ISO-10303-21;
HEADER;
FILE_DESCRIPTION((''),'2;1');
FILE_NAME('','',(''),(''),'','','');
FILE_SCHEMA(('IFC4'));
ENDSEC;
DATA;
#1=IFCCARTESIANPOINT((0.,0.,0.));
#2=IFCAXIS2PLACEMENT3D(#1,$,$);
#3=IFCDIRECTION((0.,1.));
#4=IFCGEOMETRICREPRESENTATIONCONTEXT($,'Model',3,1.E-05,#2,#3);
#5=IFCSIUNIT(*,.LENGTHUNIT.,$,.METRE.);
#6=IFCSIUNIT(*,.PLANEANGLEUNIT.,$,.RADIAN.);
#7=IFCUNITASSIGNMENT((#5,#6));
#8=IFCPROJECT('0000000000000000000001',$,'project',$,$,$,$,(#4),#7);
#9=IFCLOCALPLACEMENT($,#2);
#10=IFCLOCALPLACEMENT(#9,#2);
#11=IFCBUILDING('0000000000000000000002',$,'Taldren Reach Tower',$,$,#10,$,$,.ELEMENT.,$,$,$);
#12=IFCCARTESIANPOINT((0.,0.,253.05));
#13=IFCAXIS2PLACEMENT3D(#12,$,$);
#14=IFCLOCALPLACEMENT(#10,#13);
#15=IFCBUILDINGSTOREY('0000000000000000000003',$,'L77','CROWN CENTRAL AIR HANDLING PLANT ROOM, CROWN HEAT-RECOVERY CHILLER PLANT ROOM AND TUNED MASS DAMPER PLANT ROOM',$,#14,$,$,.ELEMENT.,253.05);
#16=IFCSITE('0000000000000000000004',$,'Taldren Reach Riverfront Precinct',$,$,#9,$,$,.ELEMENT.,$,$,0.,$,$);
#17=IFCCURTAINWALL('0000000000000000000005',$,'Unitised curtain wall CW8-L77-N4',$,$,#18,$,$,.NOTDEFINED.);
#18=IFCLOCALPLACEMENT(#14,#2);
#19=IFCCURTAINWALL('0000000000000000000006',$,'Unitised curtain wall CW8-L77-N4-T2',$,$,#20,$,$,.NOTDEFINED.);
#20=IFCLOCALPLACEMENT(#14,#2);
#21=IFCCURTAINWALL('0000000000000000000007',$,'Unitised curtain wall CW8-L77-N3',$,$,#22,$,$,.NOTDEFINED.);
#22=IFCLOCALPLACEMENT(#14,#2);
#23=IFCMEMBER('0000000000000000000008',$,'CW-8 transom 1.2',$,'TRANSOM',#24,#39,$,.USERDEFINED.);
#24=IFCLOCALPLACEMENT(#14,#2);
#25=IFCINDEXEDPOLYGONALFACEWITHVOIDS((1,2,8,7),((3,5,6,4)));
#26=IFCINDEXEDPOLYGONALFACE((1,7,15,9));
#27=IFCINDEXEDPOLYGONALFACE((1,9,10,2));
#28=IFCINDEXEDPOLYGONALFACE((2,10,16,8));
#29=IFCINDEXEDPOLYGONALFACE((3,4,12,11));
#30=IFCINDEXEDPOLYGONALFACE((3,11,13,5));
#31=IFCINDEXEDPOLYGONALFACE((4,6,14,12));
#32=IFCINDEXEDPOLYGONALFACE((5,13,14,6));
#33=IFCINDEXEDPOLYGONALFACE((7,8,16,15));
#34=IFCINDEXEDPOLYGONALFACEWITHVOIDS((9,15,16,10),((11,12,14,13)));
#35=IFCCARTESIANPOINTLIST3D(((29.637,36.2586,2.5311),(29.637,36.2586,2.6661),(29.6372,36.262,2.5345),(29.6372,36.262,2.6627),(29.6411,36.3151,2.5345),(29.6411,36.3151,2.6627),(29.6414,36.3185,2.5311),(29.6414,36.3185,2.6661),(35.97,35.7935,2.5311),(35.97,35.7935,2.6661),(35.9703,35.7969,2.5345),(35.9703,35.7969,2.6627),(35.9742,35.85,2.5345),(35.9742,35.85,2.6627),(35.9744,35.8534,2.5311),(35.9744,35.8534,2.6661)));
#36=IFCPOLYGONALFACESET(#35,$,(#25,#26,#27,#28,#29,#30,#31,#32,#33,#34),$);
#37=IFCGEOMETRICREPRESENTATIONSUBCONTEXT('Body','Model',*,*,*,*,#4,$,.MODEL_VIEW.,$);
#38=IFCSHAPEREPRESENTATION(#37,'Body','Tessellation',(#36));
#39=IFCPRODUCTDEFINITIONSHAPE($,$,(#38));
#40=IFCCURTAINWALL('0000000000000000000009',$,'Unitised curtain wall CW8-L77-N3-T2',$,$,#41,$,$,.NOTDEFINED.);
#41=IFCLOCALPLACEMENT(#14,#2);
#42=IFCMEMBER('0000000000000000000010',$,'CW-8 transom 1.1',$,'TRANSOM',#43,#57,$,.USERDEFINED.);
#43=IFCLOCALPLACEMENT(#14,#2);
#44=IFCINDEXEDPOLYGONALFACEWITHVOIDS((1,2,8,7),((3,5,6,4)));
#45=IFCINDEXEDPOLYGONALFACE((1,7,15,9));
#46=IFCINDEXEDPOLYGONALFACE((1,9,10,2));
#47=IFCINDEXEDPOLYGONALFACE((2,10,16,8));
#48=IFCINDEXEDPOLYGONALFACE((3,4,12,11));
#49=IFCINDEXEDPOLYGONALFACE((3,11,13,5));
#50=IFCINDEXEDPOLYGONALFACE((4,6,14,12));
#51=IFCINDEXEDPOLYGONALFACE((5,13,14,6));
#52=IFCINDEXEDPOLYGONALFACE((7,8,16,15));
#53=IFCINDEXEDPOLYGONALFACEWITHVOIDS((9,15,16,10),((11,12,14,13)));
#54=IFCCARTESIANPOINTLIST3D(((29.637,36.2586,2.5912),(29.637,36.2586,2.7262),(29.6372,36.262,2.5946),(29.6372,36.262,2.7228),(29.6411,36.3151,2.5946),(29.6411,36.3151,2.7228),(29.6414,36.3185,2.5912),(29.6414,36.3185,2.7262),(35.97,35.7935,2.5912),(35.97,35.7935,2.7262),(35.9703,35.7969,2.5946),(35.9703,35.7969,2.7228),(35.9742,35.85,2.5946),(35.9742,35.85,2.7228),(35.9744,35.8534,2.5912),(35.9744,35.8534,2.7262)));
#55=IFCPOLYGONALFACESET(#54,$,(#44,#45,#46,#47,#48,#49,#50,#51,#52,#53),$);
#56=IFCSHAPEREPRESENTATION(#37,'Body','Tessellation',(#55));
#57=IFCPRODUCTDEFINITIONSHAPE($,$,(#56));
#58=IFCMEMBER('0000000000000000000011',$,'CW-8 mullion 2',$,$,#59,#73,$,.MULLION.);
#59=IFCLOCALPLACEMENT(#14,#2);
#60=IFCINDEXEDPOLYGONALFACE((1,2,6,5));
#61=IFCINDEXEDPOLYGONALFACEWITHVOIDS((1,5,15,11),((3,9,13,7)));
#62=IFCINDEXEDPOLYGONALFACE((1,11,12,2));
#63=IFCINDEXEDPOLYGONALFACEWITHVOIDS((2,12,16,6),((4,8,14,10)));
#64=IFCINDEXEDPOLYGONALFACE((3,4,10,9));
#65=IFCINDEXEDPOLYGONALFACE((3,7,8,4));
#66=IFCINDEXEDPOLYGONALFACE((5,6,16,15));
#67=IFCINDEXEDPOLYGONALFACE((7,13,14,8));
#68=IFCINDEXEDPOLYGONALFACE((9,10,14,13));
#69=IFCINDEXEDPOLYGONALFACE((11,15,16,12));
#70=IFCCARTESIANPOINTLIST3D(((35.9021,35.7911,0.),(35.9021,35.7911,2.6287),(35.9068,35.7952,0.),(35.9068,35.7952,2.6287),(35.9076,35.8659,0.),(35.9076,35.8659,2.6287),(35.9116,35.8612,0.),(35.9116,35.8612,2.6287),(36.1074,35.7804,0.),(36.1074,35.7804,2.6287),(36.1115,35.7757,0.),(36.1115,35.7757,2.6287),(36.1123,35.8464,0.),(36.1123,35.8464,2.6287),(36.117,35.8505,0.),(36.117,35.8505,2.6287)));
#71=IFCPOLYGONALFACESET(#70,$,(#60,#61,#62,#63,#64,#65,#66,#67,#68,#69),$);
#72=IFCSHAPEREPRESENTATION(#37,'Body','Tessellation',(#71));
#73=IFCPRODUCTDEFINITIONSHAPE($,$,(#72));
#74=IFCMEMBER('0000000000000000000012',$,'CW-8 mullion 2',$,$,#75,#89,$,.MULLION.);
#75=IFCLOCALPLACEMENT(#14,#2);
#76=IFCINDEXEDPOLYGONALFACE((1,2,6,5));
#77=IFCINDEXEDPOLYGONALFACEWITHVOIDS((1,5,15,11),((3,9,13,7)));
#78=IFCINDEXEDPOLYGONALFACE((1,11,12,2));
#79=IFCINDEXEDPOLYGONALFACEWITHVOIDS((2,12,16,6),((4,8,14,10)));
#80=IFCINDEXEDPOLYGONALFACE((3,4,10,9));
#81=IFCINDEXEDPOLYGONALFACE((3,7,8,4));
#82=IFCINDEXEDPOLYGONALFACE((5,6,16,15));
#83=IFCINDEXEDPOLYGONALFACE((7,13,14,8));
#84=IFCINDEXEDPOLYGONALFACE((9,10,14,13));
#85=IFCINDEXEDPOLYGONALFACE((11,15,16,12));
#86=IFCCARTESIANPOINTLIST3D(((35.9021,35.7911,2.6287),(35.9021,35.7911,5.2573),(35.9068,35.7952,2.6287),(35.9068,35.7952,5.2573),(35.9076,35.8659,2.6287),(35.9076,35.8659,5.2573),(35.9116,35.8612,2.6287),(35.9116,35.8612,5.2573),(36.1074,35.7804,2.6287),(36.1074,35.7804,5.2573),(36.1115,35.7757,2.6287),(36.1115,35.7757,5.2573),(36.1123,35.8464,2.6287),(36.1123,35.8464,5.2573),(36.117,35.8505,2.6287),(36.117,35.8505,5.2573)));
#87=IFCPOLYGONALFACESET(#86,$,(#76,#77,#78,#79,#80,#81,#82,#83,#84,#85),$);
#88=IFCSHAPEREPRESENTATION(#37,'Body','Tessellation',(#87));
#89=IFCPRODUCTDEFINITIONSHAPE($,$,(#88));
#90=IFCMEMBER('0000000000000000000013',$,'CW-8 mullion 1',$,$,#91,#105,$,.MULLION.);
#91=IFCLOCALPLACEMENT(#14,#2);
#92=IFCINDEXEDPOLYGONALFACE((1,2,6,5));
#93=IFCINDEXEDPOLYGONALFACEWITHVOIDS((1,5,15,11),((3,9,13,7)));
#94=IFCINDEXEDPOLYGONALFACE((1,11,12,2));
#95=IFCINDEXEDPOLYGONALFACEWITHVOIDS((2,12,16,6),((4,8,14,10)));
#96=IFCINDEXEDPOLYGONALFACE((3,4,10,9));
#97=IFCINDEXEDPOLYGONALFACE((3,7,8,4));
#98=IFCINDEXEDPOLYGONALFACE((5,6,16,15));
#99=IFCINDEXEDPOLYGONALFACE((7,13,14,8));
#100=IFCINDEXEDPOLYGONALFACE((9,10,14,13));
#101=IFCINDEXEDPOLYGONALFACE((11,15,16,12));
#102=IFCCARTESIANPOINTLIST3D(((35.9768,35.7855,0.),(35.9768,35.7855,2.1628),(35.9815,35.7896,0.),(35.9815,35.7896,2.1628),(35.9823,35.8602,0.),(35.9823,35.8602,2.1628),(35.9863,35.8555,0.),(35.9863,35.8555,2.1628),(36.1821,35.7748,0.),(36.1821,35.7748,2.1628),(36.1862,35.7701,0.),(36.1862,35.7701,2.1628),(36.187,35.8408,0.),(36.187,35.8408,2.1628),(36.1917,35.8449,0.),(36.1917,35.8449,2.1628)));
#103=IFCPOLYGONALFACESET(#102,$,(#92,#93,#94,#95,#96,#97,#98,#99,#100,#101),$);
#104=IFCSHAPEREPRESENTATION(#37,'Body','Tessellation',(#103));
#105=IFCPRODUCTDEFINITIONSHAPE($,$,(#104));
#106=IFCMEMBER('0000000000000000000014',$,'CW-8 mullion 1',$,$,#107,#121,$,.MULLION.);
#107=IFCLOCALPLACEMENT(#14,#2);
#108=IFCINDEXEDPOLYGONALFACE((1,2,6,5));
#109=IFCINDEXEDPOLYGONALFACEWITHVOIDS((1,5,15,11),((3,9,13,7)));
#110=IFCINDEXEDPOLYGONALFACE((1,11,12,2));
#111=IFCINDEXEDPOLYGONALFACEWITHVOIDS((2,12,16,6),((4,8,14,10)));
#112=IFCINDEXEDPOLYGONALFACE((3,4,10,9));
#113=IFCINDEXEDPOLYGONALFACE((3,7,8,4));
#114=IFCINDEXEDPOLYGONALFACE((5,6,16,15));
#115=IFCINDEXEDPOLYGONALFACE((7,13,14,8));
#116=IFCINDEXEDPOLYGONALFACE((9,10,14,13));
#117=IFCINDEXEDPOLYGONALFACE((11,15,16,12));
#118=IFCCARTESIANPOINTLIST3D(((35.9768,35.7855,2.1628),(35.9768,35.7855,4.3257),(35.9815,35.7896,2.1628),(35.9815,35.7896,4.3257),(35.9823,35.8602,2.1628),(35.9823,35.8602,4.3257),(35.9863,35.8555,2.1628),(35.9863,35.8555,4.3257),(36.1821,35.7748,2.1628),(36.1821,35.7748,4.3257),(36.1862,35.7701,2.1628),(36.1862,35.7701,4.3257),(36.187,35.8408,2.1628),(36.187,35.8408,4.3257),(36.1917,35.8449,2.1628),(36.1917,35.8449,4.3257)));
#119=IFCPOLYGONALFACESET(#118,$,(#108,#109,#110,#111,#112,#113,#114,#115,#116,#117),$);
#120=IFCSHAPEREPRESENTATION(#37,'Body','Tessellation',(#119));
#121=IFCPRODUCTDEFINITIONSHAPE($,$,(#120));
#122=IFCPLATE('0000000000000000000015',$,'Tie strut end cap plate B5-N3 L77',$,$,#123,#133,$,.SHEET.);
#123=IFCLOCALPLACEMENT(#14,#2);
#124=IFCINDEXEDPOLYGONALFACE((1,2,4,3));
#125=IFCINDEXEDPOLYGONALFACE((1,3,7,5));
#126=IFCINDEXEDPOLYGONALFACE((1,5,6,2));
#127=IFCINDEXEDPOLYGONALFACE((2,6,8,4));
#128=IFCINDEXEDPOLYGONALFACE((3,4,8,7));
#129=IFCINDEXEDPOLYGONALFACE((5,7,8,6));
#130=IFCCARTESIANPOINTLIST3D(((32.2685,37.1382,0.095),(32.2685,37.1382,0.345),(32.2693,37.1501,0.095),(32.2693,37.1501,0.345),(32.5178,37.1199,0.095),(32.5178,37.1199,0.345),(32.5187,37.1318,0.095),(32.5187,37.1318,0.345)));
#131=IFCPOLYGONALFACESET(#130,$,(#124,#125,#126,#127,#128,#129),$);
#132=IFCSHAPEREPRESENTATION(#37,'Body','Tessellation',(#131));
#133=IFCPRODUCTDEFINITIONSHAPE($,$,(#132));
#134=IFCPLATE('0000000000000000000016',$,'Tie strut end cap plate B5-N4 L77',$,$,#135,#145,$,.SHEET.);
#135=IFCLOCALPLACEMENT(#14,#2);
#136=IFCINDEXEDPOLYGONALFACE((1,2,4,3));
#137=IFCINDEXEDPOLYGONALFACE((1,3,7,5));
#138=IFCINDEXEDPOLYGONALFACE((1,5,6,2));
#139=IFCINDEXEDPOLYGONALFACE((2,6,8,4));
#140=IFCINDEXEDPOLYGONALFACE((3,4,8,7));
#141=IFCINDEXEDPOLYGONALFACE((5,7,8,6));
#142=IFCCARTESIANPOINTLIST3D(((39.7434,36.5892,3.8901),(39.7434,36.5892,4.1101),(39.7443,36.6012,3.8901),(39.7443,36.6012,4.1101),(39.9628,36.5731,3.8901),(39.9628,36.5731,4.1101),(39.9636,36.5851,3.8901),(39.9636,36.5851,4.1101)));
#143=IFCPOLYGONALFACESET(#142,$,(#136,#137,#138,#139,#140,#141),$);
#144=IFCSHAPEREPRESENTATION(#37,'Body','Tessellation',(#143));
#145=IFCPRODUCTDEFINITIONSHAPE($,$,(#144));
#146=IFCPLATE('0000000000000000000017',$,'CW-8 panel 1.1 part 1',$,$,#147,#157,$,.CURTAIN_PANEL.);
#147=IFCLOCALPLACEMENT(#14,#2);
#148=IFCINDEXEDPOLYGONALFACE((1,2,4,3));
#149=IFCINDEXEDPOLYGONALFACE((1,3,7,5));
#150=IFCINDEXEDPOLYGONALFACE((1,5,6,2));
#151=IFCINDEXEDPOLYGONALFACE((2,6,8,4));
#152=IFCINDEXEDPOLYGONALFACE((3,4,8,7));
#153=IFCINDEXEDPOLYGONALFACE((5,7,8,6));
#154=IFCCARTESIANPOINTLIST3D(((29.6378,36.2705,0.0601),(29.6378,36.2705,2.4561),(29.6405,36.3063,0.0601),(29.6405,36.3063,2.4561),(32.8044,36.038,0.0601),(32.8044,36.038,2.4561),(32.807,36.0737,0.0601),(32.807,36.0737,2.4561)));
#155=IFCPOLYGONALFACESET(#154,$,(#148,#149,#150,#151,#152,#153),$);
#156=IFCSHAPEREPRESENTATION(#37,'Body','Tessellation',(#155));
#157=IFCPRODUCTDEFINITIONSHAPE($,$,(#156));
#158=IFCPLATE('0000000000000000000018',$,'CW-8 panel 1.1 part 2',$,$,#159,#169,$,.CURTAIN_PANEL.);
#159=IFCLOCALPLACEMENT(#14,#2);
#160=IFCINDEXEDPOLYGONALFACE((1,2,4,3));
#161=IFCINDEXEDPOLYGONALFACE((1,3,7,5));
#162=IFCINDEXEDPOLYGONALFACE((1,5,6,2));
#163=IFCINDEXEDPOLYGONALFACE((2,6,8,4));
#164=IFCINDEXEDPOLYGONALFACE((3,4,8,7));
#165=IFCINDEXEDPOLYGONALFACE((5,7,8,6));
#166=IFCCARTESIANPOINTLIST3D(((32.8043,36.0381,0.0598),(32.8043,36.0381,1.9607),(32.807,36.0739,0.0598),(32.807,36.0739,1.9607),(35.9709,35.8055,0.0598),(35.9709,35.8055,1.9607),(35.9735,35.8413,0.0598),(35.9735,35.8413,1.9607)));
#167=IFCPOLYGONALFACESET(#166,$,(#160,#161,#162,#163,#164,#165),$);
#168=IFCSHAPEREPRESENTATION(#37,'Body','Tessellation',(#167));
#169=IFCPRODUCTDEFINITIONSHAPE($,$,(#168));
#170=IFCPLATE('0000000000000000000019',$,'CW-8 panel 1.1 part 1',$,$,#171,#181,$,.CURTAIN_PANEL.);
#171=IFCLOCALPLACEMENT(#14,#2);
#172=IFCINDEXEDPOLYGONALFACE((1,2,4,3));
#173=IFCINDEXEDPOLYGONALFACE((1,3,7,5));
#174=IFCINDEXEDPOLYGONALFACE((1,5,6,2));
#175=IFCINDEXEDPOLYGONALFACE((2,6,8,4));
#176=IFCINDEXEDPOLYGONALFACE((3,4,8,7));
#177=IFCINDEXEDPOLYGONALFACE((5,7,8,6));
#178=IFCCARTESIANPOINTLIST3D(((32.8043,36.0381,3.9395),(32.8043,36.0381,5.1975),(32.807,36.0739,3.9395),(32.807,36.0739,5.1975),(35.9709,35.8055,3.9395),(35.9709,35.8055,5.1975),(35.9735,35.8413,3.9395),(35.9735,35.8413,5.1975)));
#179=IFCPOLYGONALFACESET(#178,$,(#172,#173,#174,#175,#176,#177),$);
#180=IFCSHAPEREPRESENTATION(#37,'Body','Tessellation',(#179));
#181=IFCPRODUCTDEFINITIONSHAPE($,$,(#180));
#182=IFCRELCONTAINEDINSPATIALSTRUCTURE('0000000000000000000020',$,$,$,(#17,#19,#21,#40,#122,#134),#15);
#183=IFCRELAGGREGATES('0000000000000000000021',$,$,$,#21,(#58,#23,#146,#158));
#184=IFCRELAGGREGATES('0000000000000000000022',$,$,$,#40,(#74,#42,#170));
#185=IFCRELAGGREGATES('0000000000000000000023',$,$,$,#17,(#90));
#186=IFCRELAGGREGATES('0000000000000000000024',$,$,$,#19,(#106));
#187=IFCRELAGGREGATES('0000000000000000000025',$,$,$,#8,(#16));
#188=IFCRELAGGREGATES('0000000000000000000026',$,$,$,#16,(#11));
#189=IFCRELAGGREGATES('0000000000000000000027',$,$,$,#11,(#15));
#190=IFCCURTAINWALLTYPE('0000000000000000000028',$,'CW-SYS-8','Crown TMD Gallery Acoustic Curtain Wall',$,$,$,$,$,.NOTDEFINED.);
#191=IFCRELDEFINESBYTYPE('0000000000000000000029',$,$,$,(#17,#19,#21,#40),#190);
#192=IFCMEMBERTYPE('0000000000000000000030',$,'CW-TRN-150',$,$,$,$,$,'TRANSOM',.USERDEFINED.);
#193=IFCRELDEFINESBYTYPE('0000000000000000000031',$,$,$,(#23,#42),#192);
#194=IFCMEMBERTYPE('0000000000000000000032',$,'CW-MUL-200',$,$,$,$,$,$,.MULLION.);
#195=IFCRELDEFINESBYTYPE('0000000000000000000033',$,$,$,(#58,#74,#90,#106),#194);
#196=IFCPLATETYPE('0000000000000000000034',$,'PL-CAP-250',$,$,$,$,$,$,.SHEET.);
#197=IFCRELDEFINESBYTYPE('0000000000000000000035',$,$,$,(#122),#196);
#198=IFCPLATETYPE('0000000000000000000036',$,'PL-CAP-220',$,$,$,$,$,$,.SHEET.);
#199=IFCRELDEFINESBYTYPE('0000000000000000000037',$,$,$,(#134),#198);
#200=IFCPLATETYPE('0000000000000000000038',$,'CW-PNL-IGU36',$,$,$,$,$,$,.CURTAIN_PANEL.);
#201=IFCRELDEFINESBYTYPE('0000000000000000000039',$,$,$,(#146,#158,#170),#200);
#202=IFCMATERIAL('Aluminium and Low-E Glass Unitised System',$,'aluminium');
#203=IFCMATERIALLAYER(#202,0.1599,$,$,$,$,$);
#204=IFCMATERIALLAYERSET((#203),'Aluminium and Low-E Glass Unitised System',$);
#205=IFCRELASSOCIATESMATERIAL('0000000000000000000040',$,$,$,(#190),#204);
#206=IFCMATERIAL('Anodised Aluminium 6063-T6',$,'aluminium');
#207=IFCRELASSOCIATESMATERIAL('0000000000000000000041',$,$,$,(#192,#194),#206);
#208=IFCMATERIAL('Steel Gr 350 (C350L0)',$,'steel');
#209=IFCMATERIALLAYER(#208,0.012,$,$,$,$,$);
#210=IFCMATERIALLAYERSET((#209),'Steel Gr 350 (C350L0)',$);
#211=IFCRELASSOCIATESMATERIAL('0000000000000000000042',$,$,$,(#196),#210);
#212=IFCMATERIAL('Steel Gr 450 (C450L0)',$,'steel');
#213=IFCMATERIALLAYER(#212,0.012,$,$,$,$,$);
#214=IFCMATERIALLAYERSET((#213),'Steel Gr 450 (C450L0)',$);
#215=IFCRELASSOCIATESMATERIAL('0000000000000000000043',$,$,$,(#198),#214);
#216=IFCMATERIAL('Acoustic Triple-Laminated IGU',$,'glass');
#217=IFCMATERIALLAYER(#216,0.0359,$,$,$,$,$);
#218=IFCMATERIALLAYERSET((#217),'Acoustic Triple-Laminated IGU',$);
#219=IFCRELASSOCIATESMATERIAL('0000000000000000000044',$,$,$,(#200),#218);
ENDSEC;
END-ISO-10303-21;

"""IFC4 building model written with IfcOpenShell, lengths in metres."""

from ifc_helpers import new_model, si_unit, direction, frame, origin, origin_2d, place, context, subcontext, project, spatial, rectangle, hollow_rectangle, extrude, source, transform, mapped, material, layer, layer_set, material_profile, profile_set, type_object, element, aggregate, save


model = new_model("IFC4")

# Units and contexts
model_context = context("Model", 3, precision=1e-05, world=origin(), true_north=direction((0.0, 1.0)))
body_context = subcontext(model_context, "Body", "Model", "MODEL_VIEW")
ifc_project = project(units=[si_unit("LENGTHUNIT", "METRE"), si_unit("PLANEANGLEUNIT", "RADIAN")], contexts=[model_context])

# Site, building, storey
site_placement = place(None, origin())
site = spatial("IfcSite", under=ifc_project, at=site_placement, Name="Taldren Reach Riverfront Precinct", CompositionType="ELEMENT", RefElevation=0.0)
building_placement = place(site_placement, origin())
building = spatial("IfcBuilding", under=site, at=building_placement, Name="Taldren Reach Tower", CompositionType="ELEMENT")
storey_placement = place(building_placement, frame((0.0, 0.0, 253.05)))
storey = spatial("IfcBuildingStorey", under=building, at=storey_placement, Name="L77", Description="CROWN CENTRAL AIR HANDLING PLANT ROOM, CROWN HEAT-RECOVERY CHILLER PLANT ROOM AND TUNED MASS DAMPER PLANT ROOM", CompositionType="ELEMENT", Elevation=253.05)

# Shared definitions
ifc_material_1 = material(Name="Steel Gr 350 (C350L0)", Category="steel")
ifc_material_2 = material(Name="Steel Gr 450 (C450L0)", Category="steel")

# Curtain wall
ifc_material_3 = material(Name="Aluminium and Low-E Glass Unitised System", Category="aluminium")
ifc_layer_1 = layer(ifc_material_3, 0.1599)
ifc_layer_set_1 = layer_set([ifc_layer_1], Name="Aluminium and Low-E Glass Unitised System")
curtain_wall_type = type_object("IfcCurtainWallType", Name="CW-SYS-8", Description="Crown TMD Gallery Acoustic Curtain Wall", PredefinedType="NOTDEFINED", material=ifc_layer_set_1)
curtain_wall_1_placement = place(storey_placement, origin())
curtain_wall_1 = element("IfcCurtainWall", 1, at=curtain_wall_1_placement, inside=storey, type_object=curtain_wall_type, Name="Unitised curtain wall CW8-L77-N4", PredefinedType="NOTDEFINED")
ifc_material_4 = material(Name="Anodised Aluminium 6063-T6", Category="aluminium")
ifc_material_profile_1 = material_profile(ifc_material_4, hollow_rectangle(XDim=0.0601, YDim=0.135, WallThickness=0.0034, at=origin_2d()), Name="ALU-135x60x3.5RHS")
ifc_profile_set_1 = profile_set([ifc_material_profile_1], Name="Anodised Aluminium 6063-T6")
member_type_1 = type_object("IfcMemberType", Name="CW-TRN-150", ElementType="TRANSOM", PredefinedType="USERDEFINED", material=ifc_profile_set_1)

# Curtain walls, members
curtain_wall_2_placement = place(storey_placement, origin())
curtain_wall_2 = element("IfcCurtainWall", 2, at=curtain_wall_2_placement, inside=storey, type_object=curtain_wall_type, Name="Unitised curtain wall CW8-L77-N4-T2", PredefinedType="NOTDEFINED")
curtain_wall_3_placement = place(storey_placement, origin())
curtain_wall_3 = element("IfcCurtainWall", 3, at=curtain_wall_3_placement, inside=storey, type_object=curtain_wall_type, Name="Unitised curtain wall CW8-L77-N3", PredefinedType="NOTDEFINED")
shared_shape_1 = source(origin(), body_context, "Body", "SweptSolid", [
    extrude(hollow_rectangle(XDim=0.0601, YDim=0.135, WallThickness=0.0034, at=origin_2d()), origin(), (0.0, 0.0, 1.0), 6.3501),
])
member_1_placement = place(storey_placement, frame((29.6392, 36.2886, 2.5986), z_axis=(0.997314, -0.073241, 0.0), x_axis=(0.073241, 0.997314, 0.0)))
member_1 = element("IfcMember", 4, at=member_1_placement, type_object=member_type_1, Name="CW-8 transom 1.2", ObjectType="TRANSOM", PredefinedType="USERDEFINED", context=body_context, shape_type="MappedRepresentation", body=[
    mapped(shared_shape_1, transform((0.0, 0.0, 0.0), scale=1.0)),
])
curtain_wall_4_placement = place(storey_placement, origin())
curtain_wall_4 = element("IfcCurtainWall", 5, at=curtain_wall_4_placement, inside=storey, type_object=curtain_wall_type, Name="Unitised curtain wall CW8-L77-N3-T2", PredefinedType="NOTDEFINED")
member_2_placement = place(storey_placement, frame((29.6392, 36.2886, 2.6587), z_axis=(0.997314, -0.073241, 0.0), x_axis=(0.073241, 0.997314, 0.0)))
member_2 = element("IfcMember", 6, at=member_2_placement, type_object=member_type_1, Name="CW-8 transom 1.1", ObjectType="TRANSOM", PredefinedType="USERDEFINED", context=body_context, shape_type="MappedRepresentation", body=[
    mapped(shared_shape_1, transform((0.0, 0.0, 0.0), scale=1.0)),
])

# Members
ifc_material_profile_2 = material_profile(ifc_material_4, hollow_rectangle(XDim=0.075, YDim=0.21, WallThickness=0.0044, at=origin_2d()), Name="ALU-210x75x4.5RHS")
ifc_profile_set_2 = profile_set([ifc_material_profile_2], Name="Anodised Aluminium 6063-T6")
member_type_2 = type_object("IfcMemberType", Name="CW-MUL-200", PredefinedType="MULLION", material=ifc_profile_set_2)
shared_shape_2 = source(origin(), body_context, "Body", "SweptSolid", [
    extrude(hollow_rectangle(XDim=0.075, YDim=0.21, WallThickness=0.0044, at=origin_2d()), origin(), (0.0, 0.0, 1.0), 2.6287),
])
member_3_placement = place(storey_placement, frame((36.0095, 35.8208, 0.0), z_axis=(0.0, 0.0, 1.0), x_axis=(0.073237, 0.997315, 0.0)))
member_3 = element("IfcMember", 7, at=member_3_placement, type_object=member_type_2, Name="CW-8 mullion 2", PredefinedType="MULLION", context=body_context, shape_type="MappedRepresentation", body=[
    mapped(shared_shape_2, transform((0.0, 0.0, 0.0), scale=1.0)),
])
member_4_placement = place(storey_placement, frame((36.0095, 35.8208, 2.6287), z_axis=(0.0, 0.0, 1.0), x_axis=(0.073237, 0.997315, 0.0)))
member_4 = element("IfcMember", 8, at=member_4_placement, type_object=member_type_2, Name="CW-8 mullion 2", PredefinedType="MULLION", context=body_context, shape_type="MappedRepresentation", body=[
    mapped(shared_shape_2, transform((0.0, 0.0, 0.0), scale=1.0)),
])
shared_shape_3 = source(origin(), body_context, "Body", "SweptSolid", [
    extrude(hollow_rectangle(XDim=0.075, YDim=0.21, WallThickness=0.0044, at=origin_2d()), origin(), (0.0, 0.0, 1.0), 2.1628),
])
member_5_placement = place(storey_placement, frame((36.0842, 35.8152, 0.0), z_axis=(0.0, 0.0, 1.0), x_axis=(0.073239, 0.997314, 0.0)))
member_5 = element("IfcMember", 9, at=member_5_placement, type_object=member_type_2, Name="CW-8 mullion 1", PredefinedType="MULLION", context=body_context, shape_type="MappedRepresentation", body=[
    mapped(shared_shape_3, transform((0.0, 0.0, 0.0), scale=1.0)),
])
member_6_placement = place(storey_placement, frame((36.0842, 35.8152, 2.1628), z_axis=(0.0, 0.0, 1.0), x_axis=(0.073239, 0.997314, 0.0)))
member_6 = element("IfcMember", 10, at=member_6_placement, type_object=member_type_2, Name="CW-8 mullion 1", PredefinedType="MULLION", context=body_context, shape_type="MappedRepresentation", body=[
    mapped(shared_shape_3, transform((0.0, 0.0, 0.0), scale=1.0)),
])

# Plates
ifc_layer_2 = layer(ifc_material_1, 0.012)
ifc_layer_set_2 = layer_set([ifc_layer_2], Name="Steel Gr 350 (C350L0)")
plate_type_1 = type_object("IfcPlateType", Name="PL-CAP-250", PredefinedType="SHEET", material=ifc_layer_set_2)
shared_shape_4 = source(origin(), body_context, "Body", "SweptSolid", [
    extrude(rectangle(XDim=0.25, YDim=0.012, at=origin_2d()), origin(), (0.0, 0.0, 1.0), 0.25),
])
plate_1_placement = place(storey_placement, frame((32.3936, 37.135, 0.095), z_axis=(0.0, 0.0, 1.0), x_axis=(0.997314, -0.073238, 0.0)))
element("IfcPlate", 11, at=plate_1_placement, inside=storey, type_object=plate_type_1, Name="Tie strut end cap plate B5-N3 L77", PredefinedType="SHEET", context=body_context, shape_type="MappedRepresentation", body=[
    mapped(shared_shape_4, transform((0.0, 0.0, 0.0), scale=1.0)),
])
ifc_layer_3 = layer(ifc_material_2, 0.012)
ifc_layer_set_3 = layer_set([ifc_layer_3], Name="Steel Gr 450 (C450L0)")
plate_type_2 = type_object("IfcPlateType", Name="PL-CAP-220", PredefinedType="SHEET", material=ifc_layer_set_3)
shared_shape_5 = source(origin(), body_context, "Body", "SweptSolid", [
    extrude(rectangle(XDim=0.22, YDim=0.012, at=origin_2d()), origin(), (0.0, 0.0, 1.0), 0.22),
])
plate_2_placement = place(storey_placement, frame((39.8535, 36.5872, 3.8901), z_axis=(0.0, 0.0, 1.0), x_axis=(0.997314, -0.073238, 0.0)))
element("IfcPlate", 12, at=plate_2_placement, inside=storey, type_object=plate_type_2, Name="Tie strut end cap plate B5-N4 L77", PredefinedType="SHEET", context=body_context, shape_type="MappedRepresentation", body=[
    mapped(shared_shape_5, transform((0.0, 0.0, 0.0), scale=1.0)),
])

# Plates
ifc_material_5 = material(Name="Acoustic Triple-Laminated IGU", Category="glass")
ifc_layer_4 = layer(ifc_material_5, 0.0359)
ifc_layer_set_4 = layer_set([ifc_layer_4], Name="Acoustic Triple-Laminated IGU")
plate_type_3 = type_object("IfcPlateType", Name="CW-PNL-IGU36", PredefinedType="CURTAIN_PANEL", material=ifc_layer_set_4)
shared_shape_6 = source(origin(), body_context, "Body", "SweptSolid", [
    extrude(rectangle(XDim=3.175, YDim=0.0359, at=origin_2d()), origin(), (0.0, 0.0, 1.0), 2.396),
])
plate_3_placement = place(storey_placement, frame((31.2224, 36.1721, 0.0601), z_axis=(0.0, 0.0, 1.0), x_axis=(0.997315, -0.073237, 0.0)))
plate_3 = element("IfcPlate", 13, at=plate_3_placement, type_object=plate_type_3, Name="CW-8 panel 1.1 part 1", PredefinedType="CURTAIN_PANEL", context=body_context, shape_type="MappedRepresentation", body=[
    mapped(shared_shape_6, transform((0.0, 0.0, 0.0), scale=1.0)),
])
shared_shape_7 = source(origin(), body_context, "Body", "SweptSolid", [
    extrude(rectangle(XDim=3.175, YDim=0.0359, at=origin_2d()), origin(), (0.0, 0.0, 1.0), 1.9009),
])
plate_4_placement = place(storey_placement, frame((34.3889, 35.9397, 0.0598), z_axis=(0.0, 0.0, 1.0), x_axis=(0.997315, -0.073237, 0.0)))
plate_4 = element("IfcPlate", 14, at=plate_4_placement, type_object=plate_type_3, Name="CW-8 panel 1.1 part 2", PredefinedType="CURTAIN_PANEL", context=body_context, shape_type="MappedRepresentation", body=[
    mapped(shared_shape_7, transform((0.0, 0.0, 0.0), scale=1.0)),
])
aggregate(curtain_wall_3, [member_3, member_1, plate_3, plate_4])
shared_shape_8 = source(origin(), body_context, "Body", "SweptSolid", [
    extrude(rectangle(XDim=3.175, YDim=0.0359, at=origin_2d()), origin(), (0.0, 0.0, 1.0), 1.2581),
])
plate_5_placement = place(storey_placement, frame((34.3889, 35.9397, 3.9395), z_axis=(0.0, 0.0, 1.0), x_axis=(0.997315, -0.073237, 0.0)))
plate_5 = element("IfcPlate", 15, at=plate_5_placement, type_object=plate_type_3, Name="CW-8 panel 1.1 part 1", PredefinedType="CURTAIN_PANEL", context=body_context, shape_type="MappedRepresentation", body=[
    mapped(shared_shape_8, transform((0.0, 0.0, 0.0), scale=1.0)),
])
aggregate(curtain_wall_4, [member_4, member_2, plate_5])
aggregate(curtain_wall_1, [member_5])
aggregate(curtain_wall_2, [member_6])

save(model, "model.ifc")
